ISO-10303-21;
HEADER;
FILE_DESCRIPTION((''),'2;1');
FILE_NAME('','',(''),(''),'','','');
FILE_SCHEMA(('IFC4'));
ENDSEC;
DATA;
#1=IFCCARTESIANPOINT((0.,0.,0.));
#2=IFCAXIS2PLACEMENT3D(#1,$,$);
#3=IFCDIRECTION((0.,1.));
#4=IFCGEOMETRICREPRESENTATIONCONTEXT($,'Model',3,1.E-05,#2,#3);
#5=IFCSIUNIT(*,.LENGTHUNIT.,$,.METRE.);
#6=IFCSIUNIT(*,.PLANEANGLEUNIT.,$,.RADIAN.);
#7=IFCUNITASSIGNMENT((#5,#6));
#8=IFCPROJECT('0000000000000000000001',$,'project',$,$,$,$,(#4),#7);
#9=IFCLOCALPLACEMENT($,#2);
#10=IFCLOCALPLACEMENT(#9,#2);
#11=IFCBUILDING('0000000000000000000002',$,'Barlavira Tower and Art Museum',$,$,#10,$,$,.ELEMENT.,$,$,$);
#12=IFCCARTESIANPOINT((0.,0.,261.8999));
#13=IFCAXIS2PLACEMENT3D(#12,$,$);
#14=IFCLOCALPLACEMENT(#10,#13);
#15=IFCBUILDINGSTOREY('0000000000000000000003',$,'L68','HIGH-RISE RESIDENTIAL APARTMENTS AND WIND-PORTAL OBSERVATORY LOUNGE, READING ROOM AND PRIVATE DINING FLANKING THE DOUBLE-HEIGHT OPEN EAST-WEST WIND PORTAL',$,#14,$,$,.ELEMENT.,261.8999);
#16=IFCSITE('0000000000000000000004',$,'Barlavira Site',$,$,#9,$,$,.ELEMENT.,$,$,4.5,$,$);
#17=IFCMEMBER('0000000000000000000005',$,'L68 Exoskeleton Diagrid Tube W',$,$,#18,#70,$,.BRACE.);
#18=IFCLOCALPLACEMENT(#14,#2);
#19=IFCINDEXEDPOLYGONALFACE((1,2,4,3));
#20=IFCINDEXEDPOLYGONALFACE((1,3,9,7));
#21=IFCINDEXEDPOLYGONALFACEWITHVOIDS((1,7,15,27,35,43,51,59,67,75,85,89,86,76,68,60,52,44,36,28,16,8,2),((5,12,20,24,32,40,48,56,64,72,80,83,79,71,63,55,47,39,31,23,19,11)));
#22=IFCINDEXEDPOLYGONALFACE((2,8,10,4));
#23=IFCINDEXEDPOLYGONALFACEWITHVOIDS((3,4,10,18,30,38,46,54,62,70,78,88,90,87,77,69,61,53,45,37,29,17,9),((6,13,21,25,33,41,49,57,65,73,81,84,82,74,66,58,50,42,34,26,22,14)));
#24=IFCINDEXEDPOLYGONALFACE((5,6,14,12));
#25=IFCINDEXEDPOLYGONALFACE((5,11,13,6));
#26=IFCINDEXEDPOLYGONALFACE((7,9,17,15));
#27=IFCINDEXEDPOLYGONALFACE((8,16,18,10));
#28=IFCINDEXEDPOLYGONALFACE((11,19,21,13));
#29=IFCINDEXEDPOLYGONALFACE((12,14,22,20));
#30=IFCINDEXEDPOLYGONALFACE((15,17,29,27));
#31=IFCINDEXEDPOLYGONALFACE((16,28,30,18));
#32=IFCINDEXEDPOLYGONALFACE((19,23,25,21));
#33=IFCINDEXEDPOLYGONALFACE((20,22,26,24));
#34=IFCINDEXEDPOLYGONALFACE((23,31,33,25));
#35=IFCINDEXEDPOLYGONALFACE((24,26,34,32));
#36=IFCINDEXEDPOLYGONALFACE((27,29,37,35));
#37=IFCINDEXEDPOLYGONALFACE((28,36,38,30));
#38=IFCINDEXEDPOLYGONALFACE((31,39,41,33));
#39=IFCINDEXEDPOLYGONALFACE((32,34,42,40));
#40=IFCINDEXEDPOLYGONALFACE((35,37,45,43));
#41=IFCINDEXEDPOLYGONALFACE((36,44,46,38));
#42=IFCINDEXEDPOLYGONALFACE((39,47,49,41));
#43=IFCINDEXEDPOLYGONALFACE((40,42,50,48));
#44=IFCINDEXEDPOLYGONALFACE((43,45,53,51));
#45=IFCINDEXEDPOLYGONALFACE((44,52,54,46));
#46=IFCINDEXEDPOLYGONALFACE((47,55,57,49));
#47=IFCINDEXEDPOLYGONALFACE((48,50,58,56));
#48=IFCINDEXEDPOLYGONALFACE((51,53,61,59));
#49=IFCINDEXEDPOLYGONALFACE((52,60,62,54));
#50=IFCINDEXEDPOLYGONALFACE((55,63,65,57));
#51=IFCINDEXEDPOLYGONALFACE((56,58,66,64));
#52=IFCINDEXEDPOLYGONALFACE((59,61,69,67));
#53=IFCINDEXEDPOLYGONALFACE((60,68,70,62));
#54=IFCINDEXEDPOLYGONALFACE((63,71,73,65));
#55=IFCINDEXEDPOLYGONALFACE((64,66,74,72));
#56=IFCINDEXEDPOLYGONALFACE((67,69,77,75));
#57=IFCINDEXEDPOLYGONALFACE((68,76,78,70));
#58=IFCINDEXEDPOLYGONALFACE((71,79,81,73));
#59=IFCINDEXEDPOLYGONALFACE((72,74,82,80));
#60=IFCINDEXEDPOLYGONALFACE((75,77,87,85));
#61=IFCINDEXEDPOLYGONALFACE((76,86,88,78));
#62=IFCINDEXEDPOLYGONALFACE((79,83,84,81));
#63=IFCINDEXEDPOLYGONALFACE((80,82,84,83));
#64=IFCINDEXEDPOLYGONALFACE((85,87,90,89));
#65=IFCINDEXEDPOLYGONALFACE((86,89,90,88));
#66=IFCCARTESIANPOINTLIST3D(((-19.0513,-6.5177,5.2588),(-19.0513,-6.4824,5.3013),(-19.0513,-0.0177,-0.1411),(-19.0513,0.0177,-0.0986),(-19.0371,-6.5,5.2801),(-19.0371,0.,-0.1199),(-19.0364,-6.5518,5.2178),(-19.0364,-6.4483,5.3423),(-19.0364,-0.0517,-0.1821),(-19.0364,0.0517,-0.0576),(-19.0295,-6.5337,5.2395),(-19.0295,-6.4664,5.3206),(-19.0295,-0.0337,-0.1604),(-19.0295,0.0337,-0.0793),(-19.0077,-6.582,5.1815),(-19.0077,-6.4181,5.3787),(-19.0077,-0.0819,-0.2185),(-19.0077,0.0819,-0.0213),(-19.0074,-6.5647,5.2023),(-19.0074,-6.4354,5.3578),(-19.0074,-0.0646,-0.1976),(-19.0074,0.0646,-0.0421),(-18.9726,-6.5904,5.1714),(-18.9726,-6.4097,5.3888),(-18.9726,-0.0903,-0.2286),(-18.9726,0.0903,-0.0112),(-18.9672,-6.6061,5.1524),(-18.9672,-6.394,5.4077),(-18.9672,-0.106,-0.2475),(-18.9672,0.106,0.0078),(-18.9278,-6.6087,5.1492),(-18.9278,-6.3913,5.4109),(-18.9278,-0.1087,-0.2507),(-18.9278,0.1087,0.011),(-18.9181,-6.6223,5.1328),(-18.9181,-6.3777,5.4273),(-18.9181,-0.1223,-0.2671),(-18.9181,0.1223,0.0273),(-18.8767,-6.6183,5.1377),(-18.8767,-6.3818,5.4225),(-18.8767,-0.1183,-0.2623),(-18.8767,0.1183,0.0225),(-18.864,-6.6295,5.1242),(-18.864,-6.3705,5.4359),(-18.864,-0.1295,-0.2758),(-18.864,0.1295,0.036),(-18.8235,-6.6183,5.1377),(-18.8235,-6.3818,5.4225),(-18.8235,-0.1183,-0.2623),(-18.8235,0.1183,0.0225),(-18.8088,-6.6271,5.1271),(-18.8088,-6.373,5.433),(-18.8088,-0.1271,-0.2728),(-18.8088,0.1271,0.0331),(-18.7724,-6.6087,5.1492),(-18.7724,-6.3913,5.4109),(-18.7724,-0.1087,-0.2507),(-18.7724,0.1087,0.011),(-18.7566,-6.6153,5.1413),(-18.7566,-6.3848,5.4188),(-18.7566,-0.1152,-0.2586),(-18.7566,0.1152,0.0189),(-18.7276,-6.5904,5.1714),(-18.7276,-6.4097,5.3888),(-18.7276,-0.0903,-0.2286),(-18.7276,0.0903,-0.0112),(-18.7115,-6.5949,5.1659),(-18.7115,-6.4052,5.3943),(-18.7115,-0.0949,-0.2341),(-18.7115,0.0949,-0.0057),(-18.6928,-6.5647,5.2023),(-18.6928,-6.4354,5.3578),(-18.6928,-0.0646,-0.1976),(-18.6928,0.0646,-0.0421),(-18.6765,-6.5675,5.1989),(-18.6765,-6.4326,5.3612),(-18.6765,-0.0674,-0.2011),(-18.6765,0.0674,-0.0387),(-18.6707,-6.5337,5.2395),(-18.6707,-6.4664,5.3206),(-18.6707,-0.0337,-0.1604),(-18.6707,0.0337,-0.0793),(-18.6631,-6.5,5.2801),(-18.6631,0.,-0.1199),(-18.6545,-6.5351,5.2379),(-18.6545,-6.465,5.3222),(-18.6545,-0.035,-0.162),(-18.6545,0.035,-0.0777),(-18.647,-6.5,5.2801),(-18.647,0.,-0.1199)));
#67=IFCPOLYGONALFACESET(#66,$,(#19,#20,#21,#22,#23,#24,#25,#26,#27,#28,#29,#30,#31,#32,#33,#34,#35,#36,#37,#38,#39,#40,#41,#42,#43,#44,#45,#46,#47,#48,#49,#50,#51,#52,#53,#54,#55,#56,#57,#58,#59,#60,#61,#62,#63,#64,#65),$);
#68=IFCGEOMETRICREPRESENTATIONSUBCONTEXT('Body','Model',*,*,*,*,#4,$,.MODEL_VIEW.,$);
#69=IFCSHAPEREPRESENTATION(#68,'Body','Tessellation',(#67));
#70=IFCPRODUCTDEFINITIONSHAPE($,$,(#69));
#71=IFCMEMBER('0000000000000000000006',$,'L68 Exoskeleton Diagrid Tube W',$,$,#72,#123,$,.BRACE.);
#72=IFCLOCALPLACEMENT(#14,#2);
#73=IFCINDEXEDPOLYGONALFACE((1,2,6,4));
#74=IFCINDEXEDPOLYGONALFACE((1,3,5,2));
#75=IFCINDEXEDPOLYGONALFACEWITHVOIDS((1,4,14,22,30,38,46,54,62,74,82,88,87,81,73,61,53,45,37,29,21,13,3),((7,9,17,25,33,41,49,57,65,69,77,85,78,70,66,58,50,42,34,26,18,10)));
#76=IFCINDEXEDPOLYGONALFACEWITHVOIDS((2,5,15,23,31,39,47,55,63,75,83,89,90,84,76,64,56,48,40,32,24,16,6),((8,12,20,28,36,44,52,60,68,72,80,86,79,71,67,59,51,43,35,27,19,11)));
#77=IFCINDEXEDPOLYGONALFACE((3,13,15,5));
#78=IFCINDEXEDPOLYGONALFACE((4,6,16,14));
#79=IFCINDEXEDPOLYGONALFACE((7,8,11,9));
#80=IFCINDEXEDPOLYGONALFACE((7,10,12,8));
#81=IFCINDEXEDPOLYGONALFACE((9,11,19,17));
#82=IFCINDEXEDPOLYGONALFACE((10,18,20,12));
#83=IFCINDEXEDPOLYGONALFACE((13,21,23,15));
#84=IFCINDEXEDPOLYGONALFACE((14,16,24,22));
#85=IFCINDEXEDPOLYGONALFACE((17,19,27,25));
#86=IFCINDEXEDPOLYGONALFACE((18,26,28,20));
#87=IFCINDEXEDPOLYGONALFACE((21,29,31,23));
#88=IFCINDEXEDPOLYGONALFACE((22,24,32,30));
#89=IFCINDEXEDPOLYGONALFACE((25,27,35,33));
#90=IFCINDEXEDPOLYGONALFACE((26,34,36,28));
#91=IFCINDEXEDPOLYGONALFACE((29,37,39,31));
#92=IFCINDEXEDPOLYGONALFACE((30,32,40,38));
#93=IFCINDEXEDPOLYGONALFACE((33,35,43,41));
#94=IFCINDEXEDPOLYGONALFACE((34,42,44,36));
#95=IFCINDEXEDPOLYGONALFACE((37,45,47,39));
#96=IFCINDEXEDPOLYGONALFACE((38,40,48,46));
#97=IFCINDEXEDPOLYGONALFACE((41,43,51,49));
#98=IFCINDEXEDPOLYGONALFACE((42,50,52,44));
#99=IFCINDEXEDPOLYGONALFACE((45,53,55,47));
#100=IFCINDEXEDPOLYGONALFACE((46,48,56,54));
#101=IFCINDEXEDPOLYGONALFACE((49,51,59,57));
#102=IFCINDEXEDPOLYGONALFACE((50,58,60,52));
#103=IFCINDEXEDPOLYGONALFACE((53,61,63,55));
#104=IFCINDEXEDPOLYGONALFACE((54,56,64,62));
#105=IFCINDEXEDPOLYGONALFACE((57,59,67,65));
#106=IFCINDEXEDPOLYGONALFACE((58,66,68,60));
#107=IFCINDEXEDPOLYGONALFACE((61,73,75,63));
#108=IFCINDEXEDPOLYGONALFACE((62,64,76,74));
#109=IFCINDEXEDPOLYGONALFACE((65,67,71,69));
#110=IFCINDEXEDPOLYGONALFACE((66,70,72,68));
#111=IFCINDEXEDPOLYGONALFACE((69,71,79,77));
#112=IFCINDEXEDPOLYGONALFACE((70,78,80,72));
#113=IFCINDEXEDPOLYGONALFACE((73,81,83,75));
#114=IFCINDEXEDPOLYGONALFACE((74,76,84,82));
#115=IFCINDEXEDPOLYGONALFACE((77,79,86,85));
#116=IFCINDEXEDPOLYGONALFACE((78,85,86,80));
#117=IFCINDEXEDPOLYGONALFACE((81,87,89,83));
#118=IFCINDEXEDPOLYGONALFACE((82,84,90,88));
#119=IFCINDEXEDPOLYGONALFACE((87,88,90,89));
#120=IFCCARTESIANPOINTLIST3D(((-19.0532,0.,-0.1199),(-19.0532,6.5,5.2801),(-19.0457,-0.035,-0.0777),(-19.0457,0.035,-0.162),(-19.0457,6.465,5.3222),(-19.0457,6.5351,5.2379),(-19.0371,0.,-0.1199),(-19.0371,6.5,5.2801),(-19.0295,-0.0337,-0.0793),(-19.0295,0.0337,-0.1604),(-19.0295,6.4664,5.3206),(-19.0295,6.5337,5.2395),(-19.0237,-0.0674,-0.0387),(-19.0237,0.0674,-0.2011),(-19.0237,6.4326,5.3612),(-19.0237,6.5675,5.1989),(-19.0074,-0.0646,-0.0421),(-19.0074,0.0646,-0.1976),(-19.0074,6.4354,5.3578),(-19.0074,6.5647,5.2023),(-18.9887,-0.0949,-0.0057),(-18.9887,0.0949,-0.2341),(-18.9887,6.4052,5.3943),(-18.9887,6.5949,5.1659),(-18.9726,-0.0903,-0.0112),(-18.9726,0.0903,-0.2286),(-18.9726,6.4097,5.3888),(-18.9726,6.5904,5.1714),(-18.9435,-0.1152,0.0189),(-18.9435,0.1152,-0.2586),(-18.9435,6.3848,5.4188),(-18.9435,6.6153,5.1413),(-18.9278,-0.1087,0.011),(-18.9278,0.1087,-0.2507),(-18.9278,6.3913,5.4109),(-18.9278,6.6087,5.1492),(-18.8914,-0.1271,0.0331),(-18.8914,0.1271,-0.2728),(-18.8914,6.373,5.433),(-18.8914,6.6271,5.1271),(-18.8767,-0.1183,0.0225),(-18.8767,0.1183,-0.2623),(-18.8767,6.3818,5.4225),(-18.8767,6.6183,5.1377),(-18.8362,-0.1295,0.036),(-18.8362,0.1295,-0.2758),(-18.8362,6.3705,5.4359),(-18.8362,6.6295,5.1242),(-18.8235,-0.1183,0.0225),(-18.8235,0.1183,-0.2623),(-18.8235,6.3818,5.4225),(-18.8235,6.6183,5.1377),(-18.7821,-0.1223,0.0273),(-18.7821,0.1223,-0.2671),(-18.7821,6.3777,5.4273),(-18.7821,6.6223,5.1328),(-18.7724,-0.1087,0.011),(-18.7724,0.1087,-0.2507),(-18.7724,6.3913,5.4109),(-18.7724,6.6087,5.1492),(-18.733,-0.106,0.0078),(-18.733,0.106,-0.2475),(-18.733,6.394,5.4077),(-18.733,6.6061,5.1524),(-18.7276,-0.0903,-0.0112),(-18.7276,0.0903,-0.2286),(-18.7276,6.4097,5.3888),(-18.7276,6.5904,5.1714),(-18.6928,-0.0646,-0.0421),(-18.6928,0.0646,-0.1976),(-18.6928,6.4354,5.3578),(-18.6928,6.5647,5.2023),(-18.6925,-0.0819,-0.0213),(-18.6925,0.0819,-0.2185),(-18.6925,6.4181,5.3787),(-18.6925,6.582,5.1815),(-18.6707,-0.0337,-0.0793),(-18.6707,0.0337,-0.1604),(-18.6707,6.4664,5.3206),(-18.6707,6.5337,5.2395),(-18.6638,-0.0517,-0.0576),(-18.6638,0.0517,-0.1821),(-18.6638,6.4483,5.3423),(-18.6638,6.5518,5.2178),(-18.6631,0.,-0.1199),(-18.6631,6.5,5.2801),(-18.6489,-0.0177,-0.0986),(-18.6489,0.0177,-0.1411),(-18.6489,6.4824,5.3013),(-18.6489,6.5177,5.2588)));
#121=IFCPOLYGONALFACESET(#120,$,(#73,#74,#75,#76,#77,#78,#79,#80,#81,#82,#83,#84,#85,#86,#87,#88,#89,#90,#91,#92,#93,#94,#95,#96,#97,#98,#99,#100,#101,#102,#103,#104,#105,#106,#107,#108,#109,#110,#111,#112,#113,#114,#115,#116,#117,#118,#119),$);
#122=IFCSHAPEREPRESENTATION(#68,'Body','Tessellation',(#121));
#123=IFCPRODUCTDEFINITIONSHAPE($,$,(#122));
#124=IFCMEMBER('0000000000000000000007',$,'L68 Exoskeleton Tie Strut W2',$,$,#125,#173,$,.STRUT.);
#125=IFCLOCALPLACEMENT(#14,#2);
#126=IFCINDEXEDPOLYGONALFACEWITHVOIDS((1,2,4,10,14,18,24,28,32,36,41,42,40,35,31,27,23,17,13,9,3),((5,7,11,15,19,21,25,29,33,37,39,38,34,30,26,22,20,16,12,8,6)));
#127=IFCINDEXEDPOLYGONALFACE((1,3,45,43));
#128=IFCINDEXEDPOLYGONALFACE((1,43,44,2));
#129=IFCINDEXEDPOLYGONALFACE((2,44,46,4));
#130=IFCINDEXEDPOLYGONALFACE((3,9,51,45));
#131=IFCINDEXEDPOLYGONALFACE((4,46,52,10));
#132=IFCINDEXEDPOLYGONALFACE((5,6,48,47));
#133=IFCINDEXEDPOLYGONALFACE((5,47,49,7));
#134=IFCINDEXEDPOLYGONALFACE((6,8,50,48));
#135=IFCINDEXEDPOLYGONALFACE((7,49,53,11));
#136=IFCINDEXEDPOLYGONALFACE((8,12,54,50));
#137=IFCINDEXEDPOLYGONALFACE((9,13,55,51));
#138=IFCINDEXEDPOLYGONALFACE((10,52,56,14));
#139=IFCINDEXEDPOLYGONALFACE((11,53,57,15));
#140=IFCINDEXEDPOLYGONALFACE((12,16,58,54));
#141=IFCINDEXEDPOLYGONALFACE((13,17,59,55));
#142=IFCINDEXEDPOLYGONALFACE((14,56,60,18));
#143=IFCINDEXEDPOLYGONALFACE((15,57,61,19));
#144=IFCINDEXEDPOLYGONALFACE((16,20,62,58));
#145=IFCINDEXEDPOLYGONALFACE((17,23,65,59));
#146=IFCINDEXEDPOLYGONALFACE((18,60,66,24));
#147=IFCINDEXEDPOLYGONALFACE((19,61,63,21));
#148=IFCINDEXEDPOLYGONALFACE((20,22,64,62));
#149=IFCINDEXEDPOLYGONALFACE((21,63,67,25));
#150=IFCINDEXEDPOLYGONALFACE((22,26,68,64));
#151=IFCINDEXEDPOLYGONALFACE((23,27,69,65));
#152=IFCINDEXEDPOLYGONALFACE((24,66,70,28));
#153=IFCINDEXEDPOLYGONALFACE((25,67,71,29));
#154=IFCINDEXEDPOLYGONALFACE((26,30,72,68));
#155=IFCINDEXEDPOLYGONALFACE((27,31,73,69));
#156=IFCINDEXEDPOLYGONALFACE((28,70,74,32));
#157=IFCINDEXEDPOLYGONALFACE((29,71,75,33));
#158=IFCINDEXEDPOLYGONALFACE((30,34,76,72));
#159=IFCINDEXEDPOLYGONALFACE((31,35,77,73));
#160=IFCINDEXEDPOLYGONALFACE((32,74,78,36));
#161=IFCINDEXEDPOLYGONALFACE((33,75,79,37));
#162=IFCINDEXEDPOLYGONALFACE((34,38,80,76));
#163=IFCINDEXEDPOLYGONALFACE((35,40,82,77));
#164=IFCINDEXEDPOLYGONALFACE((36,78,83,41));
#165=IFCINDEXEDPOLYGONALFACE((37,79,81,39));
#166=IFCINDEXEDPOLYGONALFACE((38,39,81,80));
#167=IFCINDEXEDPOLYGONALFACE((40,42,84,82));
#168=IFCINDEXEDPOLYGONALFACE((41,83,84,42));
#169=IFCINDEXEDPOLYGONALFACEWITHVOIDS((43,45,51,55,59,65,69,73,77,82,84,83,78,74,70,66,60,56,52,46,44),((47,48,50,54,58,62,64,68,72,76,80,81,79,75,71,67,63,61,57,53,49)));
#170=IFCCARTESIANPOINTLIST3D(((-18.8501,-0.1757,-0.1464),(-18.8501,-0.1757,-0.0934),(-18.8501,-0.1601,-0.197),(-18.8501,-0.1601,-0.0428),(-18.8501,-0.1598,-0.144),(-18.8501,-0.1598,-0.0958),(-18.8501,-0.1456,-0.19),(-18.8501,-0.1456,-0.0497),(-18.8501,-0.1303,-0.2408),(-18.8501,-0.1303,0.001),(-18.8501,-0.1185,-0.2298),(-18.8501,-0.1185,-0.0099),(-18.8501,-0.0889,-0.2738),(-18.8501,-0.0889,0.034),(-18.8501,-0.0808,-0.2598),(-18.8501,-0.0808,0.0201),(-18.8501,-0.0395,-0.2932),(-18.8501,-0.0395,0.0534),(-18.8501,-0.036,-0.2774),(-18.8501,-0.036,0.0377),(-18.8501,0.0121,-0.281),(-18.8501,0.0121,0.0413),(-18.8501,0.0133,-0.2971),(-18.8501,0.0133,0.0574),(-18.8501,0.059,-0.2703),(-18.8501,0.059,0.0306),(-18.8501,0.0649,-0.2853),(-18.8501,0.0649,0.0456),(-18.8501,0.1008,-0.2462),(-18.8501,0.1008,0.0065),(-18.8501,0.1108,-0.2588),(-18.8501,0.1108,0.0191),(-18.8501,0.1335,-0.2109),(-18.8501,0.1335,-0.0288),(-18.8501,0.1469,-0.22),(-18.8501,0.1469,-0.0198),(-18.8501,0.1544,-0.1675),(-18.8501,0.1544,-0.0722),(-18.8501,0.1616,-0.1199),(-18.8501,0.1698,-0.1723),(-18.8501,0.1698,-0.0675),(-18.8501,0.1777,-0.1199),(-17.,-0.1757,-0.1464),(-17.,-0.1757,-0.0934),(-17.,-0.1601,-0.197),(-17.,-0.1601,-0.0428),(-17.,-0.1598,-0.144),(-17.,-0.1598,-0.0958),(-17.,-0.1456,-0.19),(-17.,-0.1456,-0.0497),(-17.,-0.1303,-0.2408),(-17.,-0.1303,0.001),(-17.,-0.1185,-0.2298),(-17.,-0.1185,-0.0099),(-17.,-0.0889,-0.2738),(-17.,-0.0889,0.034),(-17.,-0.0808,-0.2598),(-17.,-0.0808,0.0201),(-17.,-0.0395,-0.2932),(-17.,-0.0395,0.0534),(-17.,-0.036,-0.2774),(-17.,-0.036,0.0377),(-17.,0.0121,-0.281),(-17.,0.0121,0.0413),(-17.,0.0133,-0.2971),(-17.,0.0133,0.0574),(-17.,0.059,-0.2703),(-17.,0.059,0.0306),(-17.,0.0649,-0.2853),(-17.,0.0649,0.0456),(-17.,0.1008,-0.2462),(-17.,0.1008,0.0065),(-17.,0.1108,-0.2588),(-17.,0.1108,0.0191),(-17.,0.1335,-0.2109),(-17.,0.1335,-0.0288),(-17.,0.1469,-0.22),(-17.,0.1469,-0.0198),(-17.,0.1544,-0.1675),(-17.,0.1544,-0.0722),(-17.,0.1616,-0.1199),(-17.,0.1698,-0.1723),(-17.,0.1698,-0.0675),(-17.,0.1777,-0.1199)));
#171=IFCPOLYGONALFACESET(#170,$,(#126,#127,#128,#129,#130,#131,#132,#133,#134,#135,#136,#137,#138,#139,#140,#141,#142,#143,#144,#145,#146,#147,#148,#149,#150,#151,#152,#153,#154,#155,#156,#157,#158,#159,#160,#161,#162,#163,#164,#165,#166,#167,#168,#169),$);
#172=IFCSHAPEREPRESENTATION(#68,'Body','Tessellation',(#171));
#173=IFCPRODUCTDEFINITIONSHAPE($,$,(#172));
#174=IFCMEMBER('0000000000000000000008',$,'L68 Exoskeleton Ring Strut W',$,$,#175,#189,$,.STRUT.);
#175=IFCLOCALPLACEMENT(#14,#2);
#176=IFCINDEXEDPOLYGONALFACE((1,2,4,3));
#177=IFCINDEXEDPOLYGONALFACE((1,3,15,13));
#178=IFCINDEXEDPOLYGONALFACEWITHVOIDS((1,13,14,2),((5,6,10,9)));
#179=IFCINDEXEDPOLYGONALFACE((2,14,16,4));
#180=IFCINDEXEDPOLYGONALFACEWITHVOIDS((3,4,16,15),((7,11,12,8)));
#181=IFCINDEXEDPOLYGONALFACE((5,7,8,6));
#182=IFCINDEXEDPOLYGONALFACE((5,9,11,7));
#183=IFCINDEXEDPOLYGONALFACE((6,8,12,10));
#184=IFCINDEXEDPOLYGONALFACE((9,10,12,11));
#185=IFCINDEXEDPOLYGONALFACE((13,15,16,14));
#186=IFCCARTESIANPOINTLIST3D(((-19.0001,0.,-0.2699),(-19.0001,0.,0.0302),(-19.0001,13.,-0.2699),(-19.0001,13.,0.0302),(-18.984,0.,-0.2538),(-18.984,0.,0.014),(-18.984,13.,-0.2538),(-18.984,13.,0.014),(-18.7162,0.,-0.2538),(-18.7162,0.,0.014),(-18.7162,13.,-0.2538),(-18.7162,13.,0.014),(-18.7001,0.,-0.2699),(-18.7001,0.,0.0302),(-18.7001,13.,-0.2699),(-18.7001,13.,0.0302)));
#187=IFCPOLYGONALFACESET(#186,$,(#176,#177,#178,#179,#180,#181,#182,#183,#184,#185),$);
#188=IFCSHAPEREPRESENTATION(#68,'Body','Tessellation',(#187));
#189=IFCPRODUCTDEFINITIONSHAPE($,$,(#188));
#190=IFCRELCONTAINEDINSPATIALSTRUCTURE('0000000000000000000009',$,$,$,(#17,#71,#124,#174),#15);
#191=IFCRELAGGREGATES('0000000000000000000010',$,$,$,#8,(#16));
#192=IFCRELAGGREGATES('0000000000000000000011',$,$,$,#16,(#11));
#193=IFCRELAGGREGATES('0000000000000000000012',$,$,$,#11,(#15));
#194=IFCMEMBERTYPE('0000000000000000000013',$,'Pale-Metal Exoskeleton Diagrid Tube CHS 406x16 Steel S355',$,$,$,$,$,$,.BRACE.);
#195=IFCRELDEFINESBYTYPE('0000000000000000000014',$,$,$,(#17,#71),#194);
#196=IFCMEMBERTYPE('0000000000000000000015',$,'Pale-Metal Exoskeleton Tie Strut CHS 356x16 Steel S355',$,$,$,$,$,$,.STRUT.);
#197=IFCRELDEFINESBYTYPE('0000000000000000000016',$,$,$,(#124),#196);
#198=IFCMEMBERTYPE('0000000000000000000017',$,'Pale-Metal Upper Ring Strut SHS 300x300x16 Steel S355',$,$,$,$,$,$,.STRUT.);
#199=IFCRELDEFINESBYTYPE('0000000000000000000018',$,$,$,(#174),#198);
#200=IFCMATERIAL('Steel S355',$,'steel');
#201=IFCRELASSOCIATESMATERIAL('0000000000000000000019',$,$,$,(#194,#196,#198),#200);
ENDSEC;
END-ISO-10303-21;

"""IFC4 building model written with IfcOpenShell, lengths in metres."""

from ifc_helpers import new_model, si_unit, direction, frame, origin, origin_2d, place, context, subcontext, project, spatial, hollow_rectangle, hollow_circle, extrude, material, material_profile, profile_set, type_object, element, save


model = new_model("IFC4")

# Units and contexts
model_context = context("Model", 3, precision=1e-05, world=origin(), true_north=direction((0.0, 1.0)))
body_context = subcontext(model_context, "Body", "Model", "MODEL_VIEW")
ifc_project = project(units=[si_unit("LENGTHUNIT", "METRE"), si_unit("PLANEANGLEUNIT", "RADIAN")], contexts=[model_context])

# Site, building, storey
site_placement = place(None, origin())
site = spatial("IfcSite", under=ifc_project, at=site_placement, Name="Barlavira Site", CompositionType="ELEMENT", RefElevation=4.5)
building_placement = place(site_placement, origin())
building = spatial("IfcBuilding", under=site, at=building_placement, Name="Barlavira Tower and Art Museum", CompositionType="ELEMENT")
storey_placement = place(building_placement, frame((0.0, 0.0, 261.8999)))
storey = spatial("IfcBuildingStorey", under=building, at=storey_placement, Name="L68", Description="HIGH-RISE RESIDENTIAL APARTMENTS AND WIND-PORTAL OBSERVATORY LOUNGE, READING ROOM AND PRIVATE DINING FLANKING THE DOUBLE-HEIGHT OPEN EAST-WEST WIND PORTAL", CompositionType="ELEMENT", Elevation=261.8999)

# Members
ifc_material_1 = material(Name="Steel S355", Category="steel")
ifc_material_profile_1 = material_profile(ifc_material_1, hollow_circle(Radius=0.2031, WallThickness=0.0161, at=origin_2d()), Name="CHS 406.4x16.0")
ifc_profile_set_1 = profile_set([ifc_material_profile_1], Name="Steel S355")
member_type_1 = type_object("IfcMemberType", Name="Pale-Metal Exoskeleton Diagrid Tube CHS 406x16 Steel S355", PredefinedType="BRACE", material=ifc_profile_set_1)
for number, where, z_axis, x_axis, name in (
    (1, (-18.8501, 0.0, -0.1199), (0.0, -0.769196, 0.639013), (1.0, 0.0, 0.0), "L68 Exoskeleton Diagrid Tube W"),
    (2, (-18.8501, 0.0, -0.1199), (0.0, 0.769196, 0.639013), (-1.0, 0.0, 0.0), "L68 Exoskeleton Diagrid Tube W"),
):
    element("IfcMember", number, at=place(storey_placement, frame(where, z_axis=z_axis, x_axis=x_axis)), inside=storey, type_object=member_type_1, Name=name, PredefinedType="BRACE", context=body_context, shape_type="SweptSolid", body=[
        extrude(hollow_circle(Radius=0.2031, WallThickness=0.0161, at=origin_2d()), origin(), (0.0, 0.0, 1.0), 8.4504),
    ])
ifc_material_profile_2 = material_profile(ifc_material_1, hollow_circle(Radius=0.1777, WallThickness=0.0161, at=origin_2d()), Name="CHS 355.6x16.0")
ifc_profile_set_2 = profile_set([ifc_material_profile_2], Name="Steel S355")
member_type_2 = type_object("IfcMemberType", Name="Pale-Metal Exoskeleton Tie Strut CHS 356x16 Steel S355", PredefinedType="STRUT", material=ifc_profile_set_2)
member_1_placement = place(storey_placement, frame((-18.8501, 0.0, -0.1199), z_axis=(1.0, 0.0, 0.0), x_axis=(0.0, 1.0, 0.0)))
element("IfcMember", 3, at=member_1_placement, inside=storey, type_object=member_type_2, Name="L68 Exoskeleton Tie Strut W2", PredefinedType="STRUT", context=body_context, shape_type="SweptSolid", body=[
    extrude(hollow_circle(Radius=0.1777, WallThickness=0.0161, at=origin_2d()), origin(), (0.0, 0.0, 1.0), 1.8501),
])
ifc_material_profile_3 = material_profile(ifc_material_1, hollow_rectangle(XDim=0.3, YDim=0.3, WallThickness=0.0161, at=origin_2d()), Name="SHS 300x300x16.0")
ifc_profile_set_3 = profile_set([ifc_material_profile_3], Name="Steel S355")
member_type_3 = type_object("IfcMemberType", Name="Pale-Metal Upper Ring Strut SHS 300x300x16 Steel S355", PredefinedType="STRUT", material=ifc_profile_set_3)
member_2_placement = place(storey_placement, frame((-18.8501, 0.0, -0.1199), z_axis=(0.0, 1.0, 0.0), x_axis=(-1.0, 0.0, 0.0)))
element("IfcMember", 4, at=member_2_placement, inside=storey, type_object=member_type_3, Name="L68 Exoskeleton Ring Strut W", PredefinedType="STRUT", context=body_context, shape_type="SweptSolid", body=[
    extrude(hollow_rectangle(XDim=0.3, YDim=0.3, WallThickness=0.0161, at=origin_2d()), origin(), (0.0, 0.0, 1.0), 13.0),
])

save(model, "model.ifc")
